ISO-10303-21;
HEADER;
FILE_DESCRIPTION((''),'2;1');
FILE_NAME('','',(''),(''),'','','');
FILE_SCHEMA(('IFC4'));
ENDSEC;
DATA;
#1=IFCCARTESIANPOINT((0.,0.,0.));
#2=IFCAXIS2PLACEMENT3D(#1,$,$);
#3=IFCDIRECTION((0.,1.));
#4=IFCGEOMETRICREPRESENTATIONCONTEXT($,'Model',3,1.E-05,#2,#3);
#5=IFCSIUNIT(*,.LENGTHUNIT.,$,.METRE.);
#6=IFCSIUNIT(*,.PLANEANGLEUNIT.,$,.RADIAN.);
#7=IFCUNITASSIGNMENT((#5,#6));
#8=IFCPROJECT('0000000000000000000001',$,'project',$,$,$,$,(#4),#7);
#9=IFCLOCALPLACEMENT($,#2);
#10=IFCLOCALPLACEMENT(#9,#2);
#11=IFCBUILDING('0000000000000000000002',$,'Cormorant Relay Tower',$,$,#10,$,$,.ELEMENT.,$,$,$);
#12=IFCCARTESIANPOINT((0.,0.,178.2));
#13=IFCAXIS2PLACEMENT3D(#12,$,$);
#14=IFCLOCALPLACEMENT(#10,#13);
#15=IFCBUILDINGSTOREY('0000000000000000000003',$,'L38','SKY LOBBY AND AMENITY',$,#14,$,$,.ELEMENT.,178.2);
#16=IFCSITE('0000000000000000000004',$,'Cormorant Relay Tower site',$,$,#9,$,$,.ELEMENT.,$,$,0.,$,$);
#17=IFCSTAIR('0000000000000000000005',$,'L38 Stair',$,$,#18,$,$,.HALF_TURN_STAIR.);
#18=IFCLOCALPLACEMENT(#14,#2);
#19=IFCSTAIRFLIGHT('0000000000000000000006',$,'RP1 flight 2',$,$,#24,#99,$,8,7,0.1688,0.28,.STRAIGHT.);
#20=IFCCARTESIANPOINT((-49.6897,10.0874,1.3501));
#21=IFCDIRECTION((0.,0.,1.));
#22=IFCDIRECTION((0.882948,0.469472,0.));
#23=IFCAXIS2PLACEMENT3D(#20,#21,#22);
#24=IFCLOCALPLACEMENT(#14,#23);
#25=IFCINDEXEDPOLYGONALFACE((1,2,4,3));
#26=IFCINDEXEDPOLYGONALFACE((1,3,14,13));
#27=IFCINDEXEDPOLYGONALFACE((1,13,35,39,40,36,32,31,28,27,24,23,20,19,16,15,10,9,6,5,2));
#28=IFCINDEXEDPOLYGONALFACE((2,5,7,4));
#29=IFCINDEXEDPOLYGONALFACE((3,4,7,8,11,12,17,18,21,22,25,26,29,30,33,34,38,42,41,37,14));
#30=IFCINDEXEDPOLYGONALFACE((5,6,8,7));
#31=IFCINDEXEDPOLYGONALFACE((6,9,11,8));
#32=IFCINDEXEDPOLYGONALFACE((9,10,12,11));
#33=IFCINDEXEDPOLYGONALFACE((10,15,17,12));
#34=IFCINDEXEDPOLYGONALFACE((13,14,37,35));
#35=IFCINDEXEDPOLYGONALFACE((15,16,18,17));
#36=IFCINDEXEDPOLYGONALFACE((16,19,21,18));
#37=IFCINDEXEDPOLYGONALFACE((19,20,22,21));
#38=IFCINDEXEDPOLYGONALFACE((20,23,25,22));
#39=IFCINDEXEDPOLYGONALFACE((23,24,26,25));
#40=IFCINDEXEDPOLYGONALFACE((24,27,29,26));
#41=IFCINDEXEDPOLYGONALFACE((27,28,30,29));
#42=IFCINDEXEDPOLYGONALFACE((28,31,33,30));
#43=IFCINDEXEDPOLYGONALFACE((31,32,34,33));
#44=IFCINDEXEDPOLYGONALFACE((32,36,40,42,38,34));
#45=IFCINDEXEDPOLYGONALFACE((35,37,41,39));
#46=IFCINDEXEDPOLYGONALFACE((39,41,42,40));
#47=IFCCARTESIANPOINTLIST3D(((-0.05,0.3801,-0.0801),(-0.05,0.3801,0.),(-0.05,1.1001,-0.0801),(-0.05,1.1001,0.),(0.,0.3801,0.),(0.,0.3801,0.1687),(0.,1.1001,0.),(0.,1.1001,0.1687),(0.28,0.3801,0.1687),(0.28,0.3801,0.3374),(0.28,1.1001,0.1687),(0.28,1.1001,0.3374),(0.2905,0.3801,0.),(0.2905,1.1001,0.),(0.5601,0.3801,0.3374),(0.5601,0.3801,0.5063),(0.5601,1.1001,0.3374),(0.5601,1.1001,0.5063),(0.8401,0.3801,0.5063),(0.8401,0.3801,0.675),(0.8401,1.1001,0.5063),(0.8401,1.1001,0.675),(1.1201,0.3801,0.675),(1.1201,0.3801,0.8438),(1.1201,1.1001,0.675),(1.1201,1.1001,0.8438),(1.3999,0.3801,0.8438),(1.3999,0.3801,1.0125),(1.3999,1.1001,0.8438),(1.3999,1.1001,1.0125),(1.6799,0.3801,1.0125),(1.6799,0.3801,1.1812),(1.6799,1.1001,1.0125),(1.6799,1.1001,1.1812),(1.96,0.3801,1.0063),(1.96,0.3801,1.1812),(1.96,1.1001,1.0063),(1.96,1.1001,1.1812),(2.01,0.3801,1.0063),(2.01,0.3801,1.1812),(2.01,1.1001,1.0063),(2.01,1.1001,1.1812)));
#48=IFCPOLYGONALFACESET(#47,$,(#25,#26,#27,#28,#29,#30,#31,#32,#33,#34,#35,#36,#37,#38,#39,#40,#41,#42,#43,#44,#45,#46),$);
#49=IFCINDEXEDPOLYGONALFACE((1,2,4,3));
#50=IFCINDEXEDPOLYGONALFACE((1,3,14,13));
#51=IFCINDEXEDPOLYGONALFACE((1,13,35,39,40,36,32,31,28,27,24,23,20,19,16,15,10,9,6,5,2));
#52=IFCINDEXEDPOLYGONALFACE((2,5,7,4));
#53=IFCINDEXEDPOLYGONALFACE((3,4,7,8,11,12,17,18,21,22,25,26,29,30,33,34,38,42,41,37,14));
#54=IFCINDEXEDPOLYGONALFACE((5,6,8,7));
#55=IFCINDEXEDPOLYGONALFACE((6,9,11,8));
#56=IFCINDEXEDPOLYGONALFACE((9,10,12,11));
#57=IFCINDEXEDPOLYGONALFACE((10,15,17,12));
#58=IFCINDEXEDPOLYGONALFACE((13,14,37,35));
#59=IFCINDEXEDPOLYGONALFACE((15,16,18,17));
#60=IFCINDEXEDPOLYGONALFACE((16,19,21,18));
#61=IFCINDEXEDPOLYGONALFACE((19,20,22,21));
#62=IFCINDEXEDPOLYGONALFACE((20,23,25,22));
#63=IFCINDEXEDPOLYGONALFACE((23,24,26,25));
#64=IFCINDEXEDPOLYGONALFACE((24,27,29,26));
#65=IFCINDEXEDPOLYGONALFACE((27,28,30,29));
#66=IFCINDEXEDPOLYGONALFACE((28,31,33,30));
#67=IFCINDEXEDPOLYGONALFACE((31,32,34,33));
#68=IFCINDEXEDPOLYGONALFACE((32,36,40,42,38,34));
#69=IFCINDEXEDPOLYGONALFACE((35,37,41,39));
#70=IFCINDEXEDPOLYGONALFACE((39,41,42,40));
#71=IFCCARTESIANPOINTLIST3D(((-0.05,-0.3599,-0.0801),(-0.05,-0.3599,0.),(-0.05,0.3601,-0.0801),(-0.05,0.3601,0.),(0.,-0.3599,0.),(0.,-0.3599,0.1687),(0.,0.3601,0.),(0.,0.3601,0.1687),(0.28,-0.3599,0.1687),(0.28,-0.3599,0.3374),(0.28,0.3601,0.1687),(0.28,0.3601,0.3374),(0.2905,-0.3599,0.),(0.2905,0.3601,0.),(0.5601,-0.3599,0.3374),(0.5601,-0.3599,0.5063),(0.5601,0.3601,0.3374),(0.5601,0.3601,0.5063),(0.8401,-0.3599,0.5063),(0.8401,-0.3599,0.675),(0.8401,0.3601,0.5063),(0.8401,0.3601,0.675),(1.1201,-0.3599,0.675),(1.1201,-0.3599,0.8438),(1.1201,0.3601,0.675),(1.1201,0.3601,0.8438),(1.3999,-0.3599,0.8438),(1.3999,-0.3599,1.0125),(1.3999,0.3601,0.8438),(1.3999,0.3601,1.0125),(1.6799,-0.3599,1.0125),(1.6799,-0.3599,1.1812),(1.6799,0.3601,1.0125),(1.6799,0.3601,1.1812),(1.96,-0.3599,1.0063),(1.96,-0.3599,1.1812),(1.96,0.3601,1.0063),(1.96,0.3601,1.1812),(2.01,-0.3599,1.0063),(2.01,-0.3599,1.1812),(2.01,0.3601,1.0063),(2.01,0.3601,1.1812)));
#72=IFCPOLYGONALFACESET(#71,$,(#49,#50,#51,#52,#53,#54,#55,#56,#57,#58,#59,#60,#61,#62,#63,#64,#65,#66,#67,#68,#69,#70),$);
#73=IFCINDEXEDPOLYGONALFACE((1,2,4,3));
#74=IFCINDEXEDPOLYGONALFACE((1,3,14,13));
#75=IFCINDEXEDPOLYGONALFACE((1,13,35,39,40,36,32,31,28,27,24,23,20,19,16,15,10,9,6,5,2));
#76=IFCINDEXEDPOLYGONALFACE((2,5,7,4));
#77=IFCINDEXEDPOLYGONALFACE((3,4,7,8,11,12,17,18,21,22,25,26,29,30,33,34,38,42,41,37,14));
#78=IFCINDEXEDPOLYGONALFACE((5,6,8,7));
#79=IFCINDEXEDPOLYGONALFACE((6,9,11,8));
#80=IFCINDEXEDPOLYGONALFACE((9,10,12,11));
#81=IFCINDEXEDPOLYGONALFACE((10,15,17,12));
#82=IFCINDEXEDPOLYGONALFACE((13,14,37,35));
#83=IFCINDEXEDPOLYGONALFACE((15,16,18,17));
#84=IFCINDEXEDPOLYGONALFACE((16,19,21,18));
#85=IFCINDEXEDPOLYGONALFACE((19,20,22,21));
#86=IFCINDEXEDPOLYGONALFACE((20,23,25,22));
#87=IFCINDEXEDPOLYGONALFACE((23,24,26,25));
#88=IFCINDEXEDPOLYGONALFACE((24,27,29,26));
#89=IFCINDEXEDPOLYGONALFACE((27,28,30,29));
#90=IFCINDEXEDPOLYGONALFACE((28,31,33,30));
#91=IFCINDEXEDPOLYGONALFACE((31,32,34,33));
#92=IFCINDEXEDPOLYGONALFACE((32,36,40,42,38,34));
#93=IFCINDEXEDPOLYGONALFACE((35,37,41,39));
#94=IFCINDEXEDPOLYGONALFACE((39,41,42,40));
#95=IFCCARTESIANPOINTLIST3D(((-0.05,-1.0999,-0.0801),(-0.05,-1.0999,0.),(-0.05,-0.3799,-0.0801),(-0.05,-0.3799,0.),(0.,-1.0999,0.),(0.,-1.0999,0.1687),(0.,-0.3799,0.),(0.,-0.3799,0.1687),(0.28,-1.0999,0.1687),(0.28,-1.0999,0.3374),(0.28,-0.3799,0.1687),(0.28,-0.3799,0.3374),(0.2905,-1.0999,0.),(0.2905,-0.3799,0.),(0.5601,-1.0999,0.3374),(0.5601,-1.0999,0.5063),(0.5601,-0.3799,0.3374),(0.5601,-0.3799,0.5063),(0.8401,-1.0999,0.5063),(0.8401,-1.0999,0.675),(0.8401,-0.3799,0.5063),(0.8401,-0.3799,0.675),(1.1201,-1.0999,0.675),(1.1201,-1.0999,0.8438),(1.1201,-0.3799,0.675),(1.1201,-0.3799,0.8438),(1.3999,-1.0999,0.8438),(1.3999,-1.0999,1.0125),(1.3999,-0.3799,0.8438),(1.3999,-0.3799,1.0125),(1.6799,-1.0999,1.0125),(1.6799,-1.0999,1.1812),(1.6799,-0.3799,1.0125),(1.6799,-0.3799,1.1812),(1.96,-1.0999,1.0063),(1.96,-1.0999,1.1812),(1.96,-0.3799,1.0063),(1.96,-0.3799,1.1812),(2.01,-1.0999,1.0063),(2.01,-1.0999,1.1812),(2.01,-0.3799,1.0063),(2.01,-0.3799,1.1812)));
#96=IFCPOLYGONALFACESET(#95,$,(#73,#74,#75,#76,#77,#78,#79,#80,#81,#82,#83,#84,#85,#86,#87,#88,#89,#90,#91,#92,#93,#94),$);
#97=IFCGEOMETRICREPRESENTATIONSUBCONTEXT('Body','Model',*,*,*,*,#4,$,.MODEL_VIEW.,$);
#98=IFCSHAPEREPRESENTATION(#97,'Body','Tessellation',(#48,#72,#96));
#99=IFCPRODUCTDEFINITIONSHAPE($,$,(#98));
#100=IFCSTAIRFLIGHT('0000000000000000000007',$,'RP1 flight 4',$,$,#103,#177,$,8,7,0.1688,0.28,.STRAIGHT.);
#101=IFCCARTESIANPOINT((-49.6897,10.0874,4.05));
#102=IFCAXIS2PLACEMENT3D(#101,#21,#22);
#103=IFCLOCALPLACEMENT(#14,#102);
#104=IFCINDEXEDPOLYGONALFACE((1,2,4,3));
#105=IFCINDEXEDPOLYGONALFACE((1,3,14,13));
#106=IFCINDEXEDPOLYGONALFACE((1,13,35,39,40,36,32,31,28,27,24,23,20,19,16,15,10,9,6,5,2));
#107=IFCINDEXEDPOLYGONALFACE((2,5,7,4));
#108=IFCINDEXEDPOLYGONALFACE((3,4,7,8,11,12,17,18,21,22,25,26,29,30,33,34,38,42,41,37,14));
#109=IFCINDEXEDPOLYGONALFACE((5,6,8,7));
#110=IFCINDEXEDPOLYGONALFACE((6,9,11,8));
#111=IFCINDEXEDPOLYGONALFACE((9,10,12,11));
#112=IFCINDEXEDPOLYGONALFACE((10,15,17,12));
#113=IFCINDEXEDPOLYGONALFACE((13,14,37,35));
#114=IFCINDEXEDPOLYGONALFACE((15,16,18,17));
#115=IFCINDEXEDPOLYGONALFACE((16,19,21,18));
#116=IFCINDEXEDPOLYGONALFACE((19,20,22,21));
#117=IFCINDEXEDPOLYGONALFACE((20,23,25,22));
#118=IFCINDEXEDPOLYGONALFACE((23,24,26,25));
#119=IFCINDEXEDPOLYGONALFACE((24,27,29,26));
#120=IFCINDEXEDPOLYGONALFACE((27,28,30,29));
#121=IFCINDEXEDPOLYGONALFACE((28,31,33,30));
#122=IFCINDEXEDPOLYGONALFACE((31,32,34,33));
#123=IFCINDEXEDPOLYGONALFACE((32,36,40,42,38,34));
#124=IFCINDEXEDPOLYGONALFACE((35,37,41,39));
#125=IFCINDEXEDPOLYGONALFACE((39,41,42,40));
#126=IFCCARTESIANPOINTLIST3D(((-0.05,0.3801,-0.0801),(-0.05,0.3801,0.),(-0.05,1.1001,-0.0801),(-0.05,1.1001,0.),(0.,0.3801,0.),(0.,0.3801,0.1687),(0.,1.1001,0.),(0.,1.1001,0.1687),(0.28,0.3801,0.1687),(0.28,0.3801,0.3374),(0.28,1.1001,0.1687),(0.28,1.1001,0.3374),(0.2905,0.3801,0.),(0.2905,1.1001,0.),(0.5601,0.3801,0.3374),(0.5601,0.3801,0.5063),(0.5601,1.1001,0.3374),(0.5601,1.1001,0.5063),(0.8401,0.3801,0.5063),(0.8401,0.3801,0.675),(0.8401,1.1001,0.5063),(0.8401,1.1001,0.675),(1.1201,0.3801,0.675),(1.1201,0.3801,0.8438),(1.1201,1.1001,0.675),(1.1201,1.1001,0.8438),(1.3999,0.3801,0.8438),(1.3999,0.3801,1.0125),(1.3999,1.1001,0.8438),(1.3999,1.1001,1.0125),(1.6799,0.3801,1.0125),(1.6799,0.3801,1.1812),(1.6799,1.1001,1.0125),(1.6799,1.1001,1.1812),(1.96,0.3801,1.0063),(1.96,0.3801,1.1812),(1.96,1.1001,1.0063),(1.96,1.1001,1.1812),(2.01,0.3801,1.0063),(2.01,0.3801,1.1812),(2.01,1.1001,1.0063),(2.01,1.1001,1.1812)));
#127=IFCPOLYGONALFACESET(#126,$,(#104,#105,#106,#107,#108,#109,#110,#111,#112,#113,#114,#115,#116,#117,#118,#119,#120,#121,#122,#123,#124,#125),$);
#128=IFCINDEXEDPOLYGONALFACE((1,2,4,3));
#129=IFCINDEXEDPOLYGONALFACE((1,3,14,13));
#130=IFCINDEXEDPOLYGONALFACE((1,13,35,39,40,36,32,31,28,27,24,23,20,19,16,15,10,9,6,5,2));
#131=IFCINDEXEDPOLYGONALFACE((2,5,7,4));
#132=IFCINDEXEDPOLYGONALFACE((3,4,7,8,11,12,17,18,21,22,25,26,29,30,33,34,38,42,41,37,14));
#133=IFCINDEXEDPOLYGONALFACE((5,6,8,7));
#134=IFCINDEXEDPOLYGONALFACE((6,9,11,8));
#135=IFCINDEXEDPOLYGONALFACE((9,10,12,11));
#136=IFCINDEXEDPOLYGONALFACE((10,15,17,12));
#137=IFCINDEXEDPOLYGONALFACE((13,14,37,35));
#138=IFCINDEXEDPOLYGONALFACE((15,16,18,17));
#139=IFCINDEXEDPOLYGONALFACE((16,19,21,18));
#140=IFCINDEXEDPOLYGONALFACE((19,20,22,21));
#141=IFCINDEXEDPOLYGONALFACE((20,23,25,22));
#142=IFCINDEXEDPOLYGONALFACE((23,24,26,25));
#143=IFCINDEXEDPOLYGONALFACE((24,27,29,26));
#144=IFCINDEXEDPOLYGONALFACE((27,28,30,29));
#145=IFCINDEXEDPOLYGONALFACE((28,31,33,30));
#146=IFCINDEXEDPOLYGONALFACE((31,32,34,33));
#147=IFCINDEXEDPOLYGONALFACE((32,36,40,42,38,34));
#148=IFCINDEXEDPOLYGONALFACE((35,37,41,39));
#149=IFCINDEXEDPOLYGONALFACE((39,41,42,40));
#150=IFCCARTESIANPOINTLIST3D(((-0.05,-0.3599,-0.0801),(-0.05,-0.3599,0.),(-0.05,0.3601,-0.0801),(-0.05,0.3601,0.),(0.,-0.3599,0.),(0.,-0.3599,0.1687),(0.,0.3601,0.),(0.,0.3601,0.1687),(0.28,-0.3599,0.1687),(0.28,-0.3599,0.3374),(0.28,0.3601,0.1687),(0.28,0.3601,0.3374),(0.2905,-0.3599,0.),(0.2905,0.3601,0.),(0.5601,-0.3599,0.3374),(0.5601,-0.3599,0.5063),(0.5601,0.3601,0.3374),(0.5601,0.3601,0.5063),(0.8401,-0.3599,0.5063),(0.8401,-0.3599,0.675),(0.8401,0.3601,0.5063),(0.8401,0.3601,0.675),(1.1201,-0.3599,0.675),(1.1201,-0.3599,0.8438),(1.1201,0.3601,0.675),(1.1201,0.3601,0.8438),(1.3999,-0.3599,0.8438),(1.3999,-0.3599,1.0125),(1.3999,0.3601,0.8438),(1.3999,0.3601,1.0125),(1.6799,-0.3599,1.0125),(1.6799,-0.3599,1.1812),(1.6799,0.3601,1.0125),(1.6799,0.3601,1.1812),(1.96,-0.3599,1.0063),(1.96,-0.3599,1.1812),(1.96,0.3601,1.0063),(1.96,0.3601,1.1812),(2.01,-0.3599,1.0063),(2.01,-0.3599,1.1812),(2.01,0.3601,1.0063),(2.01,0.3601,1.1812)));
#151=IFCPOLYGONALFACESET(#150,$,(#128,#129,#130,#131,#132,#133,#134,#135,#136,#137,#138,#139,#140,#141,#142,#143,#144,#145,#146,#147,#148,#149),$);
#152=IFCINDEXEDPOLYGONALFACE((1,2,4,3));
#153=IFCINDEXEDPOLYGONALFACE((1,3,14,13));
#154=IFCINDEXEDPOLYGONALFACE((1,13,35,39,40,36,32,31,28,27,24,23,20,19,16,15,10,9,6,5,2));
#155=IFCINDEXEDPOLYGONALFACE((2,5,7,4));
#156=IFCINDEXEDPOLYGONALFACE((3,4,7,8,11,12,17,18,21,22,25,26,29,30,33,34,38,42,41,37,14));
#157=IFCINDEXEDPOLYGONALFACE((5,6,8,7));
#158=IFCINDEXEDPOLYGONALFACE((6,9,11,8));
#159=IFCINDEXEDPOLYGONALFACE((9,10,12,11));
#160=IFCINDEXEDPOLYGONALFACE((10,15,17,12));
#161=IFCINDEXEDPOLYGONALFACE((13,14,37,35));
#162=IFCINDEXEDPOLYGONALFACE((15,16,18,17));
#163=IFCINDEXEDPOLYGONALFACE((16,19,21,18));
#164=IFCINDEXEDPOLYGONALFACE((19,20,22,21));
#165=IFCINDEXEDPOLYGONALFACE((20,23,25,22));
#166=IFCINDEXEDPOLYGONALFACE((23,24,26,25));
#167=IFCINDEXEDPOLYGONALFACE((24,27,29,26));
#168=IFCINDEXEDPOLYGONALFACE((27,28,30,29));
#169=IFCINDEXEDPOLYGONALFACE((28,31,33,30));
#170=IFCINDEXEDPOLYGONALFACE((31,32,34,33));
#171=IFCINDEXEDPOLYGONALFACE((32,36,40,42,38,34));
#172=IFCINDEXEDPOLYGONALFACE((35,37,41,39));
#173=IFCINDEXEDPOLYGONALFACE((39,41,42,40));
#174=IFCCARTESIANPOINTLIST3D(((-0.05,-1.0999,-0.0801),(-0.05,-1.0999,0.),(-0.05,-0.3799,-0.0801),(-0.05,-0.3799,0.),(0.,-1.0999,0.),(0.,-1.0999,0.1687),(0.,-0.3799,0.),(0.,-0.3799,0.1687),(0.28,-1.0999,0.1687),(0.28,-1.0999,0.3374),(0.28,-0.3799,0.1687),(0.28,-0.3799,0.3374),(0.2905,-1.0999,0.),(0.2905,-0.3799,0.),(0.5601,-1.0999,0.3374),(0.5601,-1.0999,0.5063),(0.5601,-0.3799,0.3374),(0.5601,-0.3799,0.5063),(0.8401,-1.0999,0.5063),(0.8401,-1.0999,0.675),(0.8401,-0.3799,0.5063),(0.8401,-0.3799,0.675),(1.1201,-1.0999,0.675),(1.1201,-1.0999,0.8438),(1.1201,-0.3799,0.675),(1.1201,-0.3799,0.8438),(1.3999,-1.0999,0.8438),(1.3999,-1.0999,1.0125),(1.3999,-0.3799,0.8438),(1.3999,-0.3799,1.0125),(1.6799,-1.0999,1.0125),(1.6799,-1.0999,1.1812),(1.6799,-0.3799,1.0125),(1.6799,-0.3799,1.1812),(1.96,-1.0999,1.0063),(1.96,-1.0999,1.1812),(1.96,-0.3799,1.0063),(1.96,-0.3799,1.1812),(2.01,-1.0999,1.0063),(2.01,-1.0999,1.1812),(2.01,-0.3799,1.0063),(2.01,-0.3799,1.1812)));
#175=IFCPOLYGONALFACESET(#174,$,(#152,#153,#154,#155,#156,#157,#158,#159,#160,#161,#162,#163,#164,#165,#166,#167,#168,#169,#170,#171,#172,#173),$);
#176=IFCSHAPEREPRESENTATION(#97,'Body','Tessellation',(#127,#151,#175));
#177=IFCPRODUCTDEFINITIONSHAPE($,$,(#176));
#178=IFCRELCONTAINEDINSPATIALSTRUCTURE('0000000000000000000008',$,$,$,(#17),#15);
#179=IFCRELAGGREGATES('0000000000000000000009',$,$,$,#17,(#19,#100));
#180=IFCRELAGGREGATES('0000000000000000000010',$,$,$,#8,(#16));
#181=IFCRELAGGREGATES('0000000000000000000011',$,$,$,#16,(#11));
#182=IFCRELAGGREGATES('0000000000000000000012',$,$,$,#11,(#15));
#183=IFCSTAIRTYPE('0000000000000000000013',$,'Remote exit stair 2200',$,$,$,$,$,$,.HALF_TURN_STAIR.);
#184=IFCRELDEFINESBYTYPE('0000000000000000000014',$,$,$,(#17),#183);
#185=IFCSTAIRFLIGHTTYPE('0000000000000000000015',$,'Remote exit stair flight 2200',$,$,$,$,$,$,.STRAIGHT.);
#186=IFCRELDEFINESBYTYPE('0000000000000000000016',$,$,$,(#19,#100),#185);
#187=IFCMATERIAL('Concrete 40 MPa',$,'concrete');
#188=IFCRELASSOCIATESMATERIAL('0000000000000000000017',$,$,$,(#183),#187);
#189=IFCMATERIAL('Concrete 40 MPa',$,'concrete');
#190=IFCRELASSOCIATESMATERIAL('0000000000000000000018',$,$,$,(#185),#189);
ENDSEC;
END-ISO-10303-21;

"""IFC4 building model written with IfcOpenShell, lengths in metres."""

from ifc_helpers import new_model, si_unit, direction, frame, origin, place, context, subcontext, project, spatial, polyline, outline, extrude, material, type_object, element, aggregate, save


model = new_model("IFC4")

# Units and contexts
model_context = context("Model", 3, precision=1e-05, world=origin(), true_north=direction((0.0, 1.0)))
body_context = subcontext(model_context, "Body", "Model", "MODEL_VIEW")
ifc_project = project(units=[si_unit("LENGTHUNIT", "METRE"), si_unit("PLANEANGLEUNIT", "RADIAN")], contexts=[model_context])

# Site, building, storey
site_placement = place(None, origin())
site = spatial("IfcSite", under=ifc_project, at=site_placement, Name="Cormorant Relay Tower site", CompositionType="ELEMENT", RefElevation=0.0)
building_placement = place(site_placement, origin())
building = spatial("IfcBuilding", under=site, at=building_placement, Name="Cormorant Relay Tower", CompositionType="ELEMENT")
storey_placement = place(building_placement, frame((0.0, 0.0, 178.2)))
storey = spatial("IfcBuildingStorey", under=building, at=storey_placement, Name="L38", Description="SKY LOBBY AND AMENITY", CompositionType="ELEMENT", Elevation=178.2)

# Stair, stair flights
ifc_material_1 = material(Name="Concrete 40 MPa", Category="concrete")
stair_type = type_object("IfcStairType", Name="Remote exit stair 2200", PredefinedType="HALF_TURN_STAIR", material=ifc_material_1)
stair_placement = place(storey_placement, origin())
stair = element("IfcStair", 1, at=stair_placement, inside=storey, type_object=stair_type, Name="L38 Stair", PredefinedType="HALF_TURN_STAIR")
ifc_material_2 = material(Name="Concrete 40 MPa", Category="concrete")
stair_flight_type = type_object("IfcStairFlightType", Name="Remote exit stair flight 2200", PredefinedType="STRAIGHT", material=ifc_material_2)
stair_flight_1_placement = place(storey_placement, frame((-49.6897, 10.0874, 1.3501), z_axis=(0.0, 0.0, 1.0), x_axis=(0.882948, 0.469472, 0.0)))
stair_flight_1 = element("IfcStairFlight", 2, at=stair_flight_1_placement, type_object=stair_flight_type, Name="RP1 flight 2", NumberOfRisers=8, NumberOfTreads=7, PredefinedType="STRAIGHT", RiserHeight=0.1688, TreadLength=0.28, context=body_context, shape_type="SweptSolid", body=[
    extrude(outline(polyline([(-0.05, -0.0801), (-0.05, 0.0), (0.0, 0.0), (0.0, 0.1687), (0.28, 0.1687), (0.28, 0.3374), (0.5601, 0.3374), (0.5601, 0.5063), (0.8401, 0.5063), (0.8401, 0.675), (1.1201, 0.675), (1.1201, 0.8438), (1.3999, 0.8438), (1.3999, 1.0125), (1.6799, 1.0125), (1.6799, 1.1812), (1.96, 1.1812), (2.01, 1.1812), (2.01, 1.0063), (1.96, 1.0063), (0.2905, 0.0), (-0.05, -0.0801)])), frame((0.0, 1.1001, 0.0), z_axis=(0.0, -1.0, 0.0), x_axis=(1.0, 0.0, 0.0)), (0.0, 0.0, 1.0), 0.72),
    extrude(outline(polyline([(-0.05, -0.0801), (-0.05, 0.0), (0.0, 0.0), (0.0, 0.1687), (0.28, 0.1687), (0.28, 0.3374), (0.5601, 0.3374), (0.5601, 0.5063), (0.8401, 0.5063), (0.8401, 0.675), (1.1201, 0.675), (1.1201, 0.8438), (1.3999, 0.8438), (1.3999, 1.0125), (1.6799, 1.0125), (1.6799, 1.1812), (1.96, 1.1812), (2.01, 1.1812), (2.01, 1.0063), (1.96, 1.0063), (0.2905, 0.0), (-0.05, -0.0801)])), frame((0.0, 0.3601, 0.0), z_axis=(0.0, -1.0, 0.0), x_axis=(1.0, 0.0, 0.0)), (0.0, 0.0, 1.0), 0.72),
    extrude(outline(polyline([(-0.05, -0.0801), (-0.05, 0.0), (0.0, 0.0), (0.0, 0.1687), (0.28, 0.1687), (0.28, 0.3374), (0.5601, 0.3374), (0.5601, 0.5063), (0.8401, 0.5063), (0.8401, 0.675), (1.1201, 0.675), (1.1201, 0.8438), (1.3999, 0.8438), (1.3999, 1.0125), (1.6799, 1.0125), (1.6799, 1.1812), (1.96, 1.1812), (2.01, 1.1812), (2.01, 1.0063), (1.96, 1.0063), (0.2905, 0.0), (-0.05, -0.0801)])), frame((0.0, -0.3799, 0.0), z_axis=(0.0, -1.0, 0.0), x_axis=(1.0, 0.0, 0.0)), (0.0, 0.0, 1.0), 0.72),
])
stair_flight_2_placement = place(storey_placement, frame((-49.6897, 10.0874, 4.05), z_axis=(0.0, 0.0, 1.0), x_axis=(0.882948, 0.469472, 0.0)))
stair_flight_2 = element("IfcStairFlight", 3, at=stair_flight_2_placement, type_object=stair_flight_type, Name="RP1 flight 4", NumberOfRisers=8, NumberOfTreads=7, PredefinedType="STRAIGHT", RiserHeight=0.1688, TreadLength=0.28, context=body_context, shape_type="SweptSolid", body=[
    extrude(outline(polyline([(-0.05, -0.0801), (-0.05, 0.0), (0.0, 0.0), (0.0, 0.1687), (0.28, 0.1687), (0.28, 0.3374), (0.5601, 0.3374), (0.5601, 0.5063), (0.8401, 0.5063), (0.8401, 0.675), (1.1201, 0.675), (1.1201, 0.8438), (1.3999, 0.8438), (1.3999, 1.0125), (1.6799, 1.0125), (1.6799, 1.1812), (1.96, 1.1812), (2.01, 1.1812), (2.01, 1.0063), (1.96, 1.0063), (0.2905, 0.0), (-0.05, -0.0801)])), frame((0.0, 1.1001, 0.0), z_axis=(0.0, -1.0, 0.0), x_axis=(1.0, 0.0, 0.0)), (0.0, 0.0, 1.0), 0.72),
    extrude(outline(polyline([(-0.05, -0.0801), (-0.05, 0.0), (0.0, 0.0), (0.0, 0.1687), (0.28, 0.1687), (0.28, 0.3374), (0.5601, 0.3374), (0.5601, 0.5063), (0.8401, 0.5063), (0.8401, 0.675), (1.1201, 0.675), (1.1201, 0.8438), (1.3999, 0.8438), (1.3999, 1.0125), (1.6799, 1.0125), (1.6799, 1.1812), (1.96, 1.1812), (2.01, 1.1812), (2.01, 1.0063), (1.96, 1.0063), (0.2905, 0.0), (-0.05, -0.0801)])), frame((0.0, 0.3601, 0.0), z_axis=(0.0, -1.0, 0.0), x_axis=(1.0, 0.0, 0.0)), (0.0, 0.0, 1.0), 0.72),
    extrude(outline(polyline([(-0.05, -0.0801), (-0.05, 0.0), (0.0, 0.0), (0.0, 0.1687), (0.28, 0.1687), (0.28, 0.3374), (0.5601, 0.3374), (0.5601, 0.5063), (0.8401, 0.5063), (0.8401, 0.675), (1.1201, 0.675), (1.1201, 0.8438), (1.3999, 0.8438), (1.3999, 1.0125), (1.6799, 1.0125), (1.6799, 1.1812), (1.96, 1.1812), (2.01, 1.1812), (2.01, 1.0063), (1.96, 1.0063), (0.2905, 0.0), (-0.05, -0.0801)])), frame((0.0, -0.3799, 0.0), z_axis=(0.0, -1.0, 0.0), x_axis=(1.0, 0.0, 0.0)), (0.0, 0.0, 1.0), 0.72),
])
aggregate(stair, [stair_flight_1, stair_flight_2])

save(model, "model.ifc")
